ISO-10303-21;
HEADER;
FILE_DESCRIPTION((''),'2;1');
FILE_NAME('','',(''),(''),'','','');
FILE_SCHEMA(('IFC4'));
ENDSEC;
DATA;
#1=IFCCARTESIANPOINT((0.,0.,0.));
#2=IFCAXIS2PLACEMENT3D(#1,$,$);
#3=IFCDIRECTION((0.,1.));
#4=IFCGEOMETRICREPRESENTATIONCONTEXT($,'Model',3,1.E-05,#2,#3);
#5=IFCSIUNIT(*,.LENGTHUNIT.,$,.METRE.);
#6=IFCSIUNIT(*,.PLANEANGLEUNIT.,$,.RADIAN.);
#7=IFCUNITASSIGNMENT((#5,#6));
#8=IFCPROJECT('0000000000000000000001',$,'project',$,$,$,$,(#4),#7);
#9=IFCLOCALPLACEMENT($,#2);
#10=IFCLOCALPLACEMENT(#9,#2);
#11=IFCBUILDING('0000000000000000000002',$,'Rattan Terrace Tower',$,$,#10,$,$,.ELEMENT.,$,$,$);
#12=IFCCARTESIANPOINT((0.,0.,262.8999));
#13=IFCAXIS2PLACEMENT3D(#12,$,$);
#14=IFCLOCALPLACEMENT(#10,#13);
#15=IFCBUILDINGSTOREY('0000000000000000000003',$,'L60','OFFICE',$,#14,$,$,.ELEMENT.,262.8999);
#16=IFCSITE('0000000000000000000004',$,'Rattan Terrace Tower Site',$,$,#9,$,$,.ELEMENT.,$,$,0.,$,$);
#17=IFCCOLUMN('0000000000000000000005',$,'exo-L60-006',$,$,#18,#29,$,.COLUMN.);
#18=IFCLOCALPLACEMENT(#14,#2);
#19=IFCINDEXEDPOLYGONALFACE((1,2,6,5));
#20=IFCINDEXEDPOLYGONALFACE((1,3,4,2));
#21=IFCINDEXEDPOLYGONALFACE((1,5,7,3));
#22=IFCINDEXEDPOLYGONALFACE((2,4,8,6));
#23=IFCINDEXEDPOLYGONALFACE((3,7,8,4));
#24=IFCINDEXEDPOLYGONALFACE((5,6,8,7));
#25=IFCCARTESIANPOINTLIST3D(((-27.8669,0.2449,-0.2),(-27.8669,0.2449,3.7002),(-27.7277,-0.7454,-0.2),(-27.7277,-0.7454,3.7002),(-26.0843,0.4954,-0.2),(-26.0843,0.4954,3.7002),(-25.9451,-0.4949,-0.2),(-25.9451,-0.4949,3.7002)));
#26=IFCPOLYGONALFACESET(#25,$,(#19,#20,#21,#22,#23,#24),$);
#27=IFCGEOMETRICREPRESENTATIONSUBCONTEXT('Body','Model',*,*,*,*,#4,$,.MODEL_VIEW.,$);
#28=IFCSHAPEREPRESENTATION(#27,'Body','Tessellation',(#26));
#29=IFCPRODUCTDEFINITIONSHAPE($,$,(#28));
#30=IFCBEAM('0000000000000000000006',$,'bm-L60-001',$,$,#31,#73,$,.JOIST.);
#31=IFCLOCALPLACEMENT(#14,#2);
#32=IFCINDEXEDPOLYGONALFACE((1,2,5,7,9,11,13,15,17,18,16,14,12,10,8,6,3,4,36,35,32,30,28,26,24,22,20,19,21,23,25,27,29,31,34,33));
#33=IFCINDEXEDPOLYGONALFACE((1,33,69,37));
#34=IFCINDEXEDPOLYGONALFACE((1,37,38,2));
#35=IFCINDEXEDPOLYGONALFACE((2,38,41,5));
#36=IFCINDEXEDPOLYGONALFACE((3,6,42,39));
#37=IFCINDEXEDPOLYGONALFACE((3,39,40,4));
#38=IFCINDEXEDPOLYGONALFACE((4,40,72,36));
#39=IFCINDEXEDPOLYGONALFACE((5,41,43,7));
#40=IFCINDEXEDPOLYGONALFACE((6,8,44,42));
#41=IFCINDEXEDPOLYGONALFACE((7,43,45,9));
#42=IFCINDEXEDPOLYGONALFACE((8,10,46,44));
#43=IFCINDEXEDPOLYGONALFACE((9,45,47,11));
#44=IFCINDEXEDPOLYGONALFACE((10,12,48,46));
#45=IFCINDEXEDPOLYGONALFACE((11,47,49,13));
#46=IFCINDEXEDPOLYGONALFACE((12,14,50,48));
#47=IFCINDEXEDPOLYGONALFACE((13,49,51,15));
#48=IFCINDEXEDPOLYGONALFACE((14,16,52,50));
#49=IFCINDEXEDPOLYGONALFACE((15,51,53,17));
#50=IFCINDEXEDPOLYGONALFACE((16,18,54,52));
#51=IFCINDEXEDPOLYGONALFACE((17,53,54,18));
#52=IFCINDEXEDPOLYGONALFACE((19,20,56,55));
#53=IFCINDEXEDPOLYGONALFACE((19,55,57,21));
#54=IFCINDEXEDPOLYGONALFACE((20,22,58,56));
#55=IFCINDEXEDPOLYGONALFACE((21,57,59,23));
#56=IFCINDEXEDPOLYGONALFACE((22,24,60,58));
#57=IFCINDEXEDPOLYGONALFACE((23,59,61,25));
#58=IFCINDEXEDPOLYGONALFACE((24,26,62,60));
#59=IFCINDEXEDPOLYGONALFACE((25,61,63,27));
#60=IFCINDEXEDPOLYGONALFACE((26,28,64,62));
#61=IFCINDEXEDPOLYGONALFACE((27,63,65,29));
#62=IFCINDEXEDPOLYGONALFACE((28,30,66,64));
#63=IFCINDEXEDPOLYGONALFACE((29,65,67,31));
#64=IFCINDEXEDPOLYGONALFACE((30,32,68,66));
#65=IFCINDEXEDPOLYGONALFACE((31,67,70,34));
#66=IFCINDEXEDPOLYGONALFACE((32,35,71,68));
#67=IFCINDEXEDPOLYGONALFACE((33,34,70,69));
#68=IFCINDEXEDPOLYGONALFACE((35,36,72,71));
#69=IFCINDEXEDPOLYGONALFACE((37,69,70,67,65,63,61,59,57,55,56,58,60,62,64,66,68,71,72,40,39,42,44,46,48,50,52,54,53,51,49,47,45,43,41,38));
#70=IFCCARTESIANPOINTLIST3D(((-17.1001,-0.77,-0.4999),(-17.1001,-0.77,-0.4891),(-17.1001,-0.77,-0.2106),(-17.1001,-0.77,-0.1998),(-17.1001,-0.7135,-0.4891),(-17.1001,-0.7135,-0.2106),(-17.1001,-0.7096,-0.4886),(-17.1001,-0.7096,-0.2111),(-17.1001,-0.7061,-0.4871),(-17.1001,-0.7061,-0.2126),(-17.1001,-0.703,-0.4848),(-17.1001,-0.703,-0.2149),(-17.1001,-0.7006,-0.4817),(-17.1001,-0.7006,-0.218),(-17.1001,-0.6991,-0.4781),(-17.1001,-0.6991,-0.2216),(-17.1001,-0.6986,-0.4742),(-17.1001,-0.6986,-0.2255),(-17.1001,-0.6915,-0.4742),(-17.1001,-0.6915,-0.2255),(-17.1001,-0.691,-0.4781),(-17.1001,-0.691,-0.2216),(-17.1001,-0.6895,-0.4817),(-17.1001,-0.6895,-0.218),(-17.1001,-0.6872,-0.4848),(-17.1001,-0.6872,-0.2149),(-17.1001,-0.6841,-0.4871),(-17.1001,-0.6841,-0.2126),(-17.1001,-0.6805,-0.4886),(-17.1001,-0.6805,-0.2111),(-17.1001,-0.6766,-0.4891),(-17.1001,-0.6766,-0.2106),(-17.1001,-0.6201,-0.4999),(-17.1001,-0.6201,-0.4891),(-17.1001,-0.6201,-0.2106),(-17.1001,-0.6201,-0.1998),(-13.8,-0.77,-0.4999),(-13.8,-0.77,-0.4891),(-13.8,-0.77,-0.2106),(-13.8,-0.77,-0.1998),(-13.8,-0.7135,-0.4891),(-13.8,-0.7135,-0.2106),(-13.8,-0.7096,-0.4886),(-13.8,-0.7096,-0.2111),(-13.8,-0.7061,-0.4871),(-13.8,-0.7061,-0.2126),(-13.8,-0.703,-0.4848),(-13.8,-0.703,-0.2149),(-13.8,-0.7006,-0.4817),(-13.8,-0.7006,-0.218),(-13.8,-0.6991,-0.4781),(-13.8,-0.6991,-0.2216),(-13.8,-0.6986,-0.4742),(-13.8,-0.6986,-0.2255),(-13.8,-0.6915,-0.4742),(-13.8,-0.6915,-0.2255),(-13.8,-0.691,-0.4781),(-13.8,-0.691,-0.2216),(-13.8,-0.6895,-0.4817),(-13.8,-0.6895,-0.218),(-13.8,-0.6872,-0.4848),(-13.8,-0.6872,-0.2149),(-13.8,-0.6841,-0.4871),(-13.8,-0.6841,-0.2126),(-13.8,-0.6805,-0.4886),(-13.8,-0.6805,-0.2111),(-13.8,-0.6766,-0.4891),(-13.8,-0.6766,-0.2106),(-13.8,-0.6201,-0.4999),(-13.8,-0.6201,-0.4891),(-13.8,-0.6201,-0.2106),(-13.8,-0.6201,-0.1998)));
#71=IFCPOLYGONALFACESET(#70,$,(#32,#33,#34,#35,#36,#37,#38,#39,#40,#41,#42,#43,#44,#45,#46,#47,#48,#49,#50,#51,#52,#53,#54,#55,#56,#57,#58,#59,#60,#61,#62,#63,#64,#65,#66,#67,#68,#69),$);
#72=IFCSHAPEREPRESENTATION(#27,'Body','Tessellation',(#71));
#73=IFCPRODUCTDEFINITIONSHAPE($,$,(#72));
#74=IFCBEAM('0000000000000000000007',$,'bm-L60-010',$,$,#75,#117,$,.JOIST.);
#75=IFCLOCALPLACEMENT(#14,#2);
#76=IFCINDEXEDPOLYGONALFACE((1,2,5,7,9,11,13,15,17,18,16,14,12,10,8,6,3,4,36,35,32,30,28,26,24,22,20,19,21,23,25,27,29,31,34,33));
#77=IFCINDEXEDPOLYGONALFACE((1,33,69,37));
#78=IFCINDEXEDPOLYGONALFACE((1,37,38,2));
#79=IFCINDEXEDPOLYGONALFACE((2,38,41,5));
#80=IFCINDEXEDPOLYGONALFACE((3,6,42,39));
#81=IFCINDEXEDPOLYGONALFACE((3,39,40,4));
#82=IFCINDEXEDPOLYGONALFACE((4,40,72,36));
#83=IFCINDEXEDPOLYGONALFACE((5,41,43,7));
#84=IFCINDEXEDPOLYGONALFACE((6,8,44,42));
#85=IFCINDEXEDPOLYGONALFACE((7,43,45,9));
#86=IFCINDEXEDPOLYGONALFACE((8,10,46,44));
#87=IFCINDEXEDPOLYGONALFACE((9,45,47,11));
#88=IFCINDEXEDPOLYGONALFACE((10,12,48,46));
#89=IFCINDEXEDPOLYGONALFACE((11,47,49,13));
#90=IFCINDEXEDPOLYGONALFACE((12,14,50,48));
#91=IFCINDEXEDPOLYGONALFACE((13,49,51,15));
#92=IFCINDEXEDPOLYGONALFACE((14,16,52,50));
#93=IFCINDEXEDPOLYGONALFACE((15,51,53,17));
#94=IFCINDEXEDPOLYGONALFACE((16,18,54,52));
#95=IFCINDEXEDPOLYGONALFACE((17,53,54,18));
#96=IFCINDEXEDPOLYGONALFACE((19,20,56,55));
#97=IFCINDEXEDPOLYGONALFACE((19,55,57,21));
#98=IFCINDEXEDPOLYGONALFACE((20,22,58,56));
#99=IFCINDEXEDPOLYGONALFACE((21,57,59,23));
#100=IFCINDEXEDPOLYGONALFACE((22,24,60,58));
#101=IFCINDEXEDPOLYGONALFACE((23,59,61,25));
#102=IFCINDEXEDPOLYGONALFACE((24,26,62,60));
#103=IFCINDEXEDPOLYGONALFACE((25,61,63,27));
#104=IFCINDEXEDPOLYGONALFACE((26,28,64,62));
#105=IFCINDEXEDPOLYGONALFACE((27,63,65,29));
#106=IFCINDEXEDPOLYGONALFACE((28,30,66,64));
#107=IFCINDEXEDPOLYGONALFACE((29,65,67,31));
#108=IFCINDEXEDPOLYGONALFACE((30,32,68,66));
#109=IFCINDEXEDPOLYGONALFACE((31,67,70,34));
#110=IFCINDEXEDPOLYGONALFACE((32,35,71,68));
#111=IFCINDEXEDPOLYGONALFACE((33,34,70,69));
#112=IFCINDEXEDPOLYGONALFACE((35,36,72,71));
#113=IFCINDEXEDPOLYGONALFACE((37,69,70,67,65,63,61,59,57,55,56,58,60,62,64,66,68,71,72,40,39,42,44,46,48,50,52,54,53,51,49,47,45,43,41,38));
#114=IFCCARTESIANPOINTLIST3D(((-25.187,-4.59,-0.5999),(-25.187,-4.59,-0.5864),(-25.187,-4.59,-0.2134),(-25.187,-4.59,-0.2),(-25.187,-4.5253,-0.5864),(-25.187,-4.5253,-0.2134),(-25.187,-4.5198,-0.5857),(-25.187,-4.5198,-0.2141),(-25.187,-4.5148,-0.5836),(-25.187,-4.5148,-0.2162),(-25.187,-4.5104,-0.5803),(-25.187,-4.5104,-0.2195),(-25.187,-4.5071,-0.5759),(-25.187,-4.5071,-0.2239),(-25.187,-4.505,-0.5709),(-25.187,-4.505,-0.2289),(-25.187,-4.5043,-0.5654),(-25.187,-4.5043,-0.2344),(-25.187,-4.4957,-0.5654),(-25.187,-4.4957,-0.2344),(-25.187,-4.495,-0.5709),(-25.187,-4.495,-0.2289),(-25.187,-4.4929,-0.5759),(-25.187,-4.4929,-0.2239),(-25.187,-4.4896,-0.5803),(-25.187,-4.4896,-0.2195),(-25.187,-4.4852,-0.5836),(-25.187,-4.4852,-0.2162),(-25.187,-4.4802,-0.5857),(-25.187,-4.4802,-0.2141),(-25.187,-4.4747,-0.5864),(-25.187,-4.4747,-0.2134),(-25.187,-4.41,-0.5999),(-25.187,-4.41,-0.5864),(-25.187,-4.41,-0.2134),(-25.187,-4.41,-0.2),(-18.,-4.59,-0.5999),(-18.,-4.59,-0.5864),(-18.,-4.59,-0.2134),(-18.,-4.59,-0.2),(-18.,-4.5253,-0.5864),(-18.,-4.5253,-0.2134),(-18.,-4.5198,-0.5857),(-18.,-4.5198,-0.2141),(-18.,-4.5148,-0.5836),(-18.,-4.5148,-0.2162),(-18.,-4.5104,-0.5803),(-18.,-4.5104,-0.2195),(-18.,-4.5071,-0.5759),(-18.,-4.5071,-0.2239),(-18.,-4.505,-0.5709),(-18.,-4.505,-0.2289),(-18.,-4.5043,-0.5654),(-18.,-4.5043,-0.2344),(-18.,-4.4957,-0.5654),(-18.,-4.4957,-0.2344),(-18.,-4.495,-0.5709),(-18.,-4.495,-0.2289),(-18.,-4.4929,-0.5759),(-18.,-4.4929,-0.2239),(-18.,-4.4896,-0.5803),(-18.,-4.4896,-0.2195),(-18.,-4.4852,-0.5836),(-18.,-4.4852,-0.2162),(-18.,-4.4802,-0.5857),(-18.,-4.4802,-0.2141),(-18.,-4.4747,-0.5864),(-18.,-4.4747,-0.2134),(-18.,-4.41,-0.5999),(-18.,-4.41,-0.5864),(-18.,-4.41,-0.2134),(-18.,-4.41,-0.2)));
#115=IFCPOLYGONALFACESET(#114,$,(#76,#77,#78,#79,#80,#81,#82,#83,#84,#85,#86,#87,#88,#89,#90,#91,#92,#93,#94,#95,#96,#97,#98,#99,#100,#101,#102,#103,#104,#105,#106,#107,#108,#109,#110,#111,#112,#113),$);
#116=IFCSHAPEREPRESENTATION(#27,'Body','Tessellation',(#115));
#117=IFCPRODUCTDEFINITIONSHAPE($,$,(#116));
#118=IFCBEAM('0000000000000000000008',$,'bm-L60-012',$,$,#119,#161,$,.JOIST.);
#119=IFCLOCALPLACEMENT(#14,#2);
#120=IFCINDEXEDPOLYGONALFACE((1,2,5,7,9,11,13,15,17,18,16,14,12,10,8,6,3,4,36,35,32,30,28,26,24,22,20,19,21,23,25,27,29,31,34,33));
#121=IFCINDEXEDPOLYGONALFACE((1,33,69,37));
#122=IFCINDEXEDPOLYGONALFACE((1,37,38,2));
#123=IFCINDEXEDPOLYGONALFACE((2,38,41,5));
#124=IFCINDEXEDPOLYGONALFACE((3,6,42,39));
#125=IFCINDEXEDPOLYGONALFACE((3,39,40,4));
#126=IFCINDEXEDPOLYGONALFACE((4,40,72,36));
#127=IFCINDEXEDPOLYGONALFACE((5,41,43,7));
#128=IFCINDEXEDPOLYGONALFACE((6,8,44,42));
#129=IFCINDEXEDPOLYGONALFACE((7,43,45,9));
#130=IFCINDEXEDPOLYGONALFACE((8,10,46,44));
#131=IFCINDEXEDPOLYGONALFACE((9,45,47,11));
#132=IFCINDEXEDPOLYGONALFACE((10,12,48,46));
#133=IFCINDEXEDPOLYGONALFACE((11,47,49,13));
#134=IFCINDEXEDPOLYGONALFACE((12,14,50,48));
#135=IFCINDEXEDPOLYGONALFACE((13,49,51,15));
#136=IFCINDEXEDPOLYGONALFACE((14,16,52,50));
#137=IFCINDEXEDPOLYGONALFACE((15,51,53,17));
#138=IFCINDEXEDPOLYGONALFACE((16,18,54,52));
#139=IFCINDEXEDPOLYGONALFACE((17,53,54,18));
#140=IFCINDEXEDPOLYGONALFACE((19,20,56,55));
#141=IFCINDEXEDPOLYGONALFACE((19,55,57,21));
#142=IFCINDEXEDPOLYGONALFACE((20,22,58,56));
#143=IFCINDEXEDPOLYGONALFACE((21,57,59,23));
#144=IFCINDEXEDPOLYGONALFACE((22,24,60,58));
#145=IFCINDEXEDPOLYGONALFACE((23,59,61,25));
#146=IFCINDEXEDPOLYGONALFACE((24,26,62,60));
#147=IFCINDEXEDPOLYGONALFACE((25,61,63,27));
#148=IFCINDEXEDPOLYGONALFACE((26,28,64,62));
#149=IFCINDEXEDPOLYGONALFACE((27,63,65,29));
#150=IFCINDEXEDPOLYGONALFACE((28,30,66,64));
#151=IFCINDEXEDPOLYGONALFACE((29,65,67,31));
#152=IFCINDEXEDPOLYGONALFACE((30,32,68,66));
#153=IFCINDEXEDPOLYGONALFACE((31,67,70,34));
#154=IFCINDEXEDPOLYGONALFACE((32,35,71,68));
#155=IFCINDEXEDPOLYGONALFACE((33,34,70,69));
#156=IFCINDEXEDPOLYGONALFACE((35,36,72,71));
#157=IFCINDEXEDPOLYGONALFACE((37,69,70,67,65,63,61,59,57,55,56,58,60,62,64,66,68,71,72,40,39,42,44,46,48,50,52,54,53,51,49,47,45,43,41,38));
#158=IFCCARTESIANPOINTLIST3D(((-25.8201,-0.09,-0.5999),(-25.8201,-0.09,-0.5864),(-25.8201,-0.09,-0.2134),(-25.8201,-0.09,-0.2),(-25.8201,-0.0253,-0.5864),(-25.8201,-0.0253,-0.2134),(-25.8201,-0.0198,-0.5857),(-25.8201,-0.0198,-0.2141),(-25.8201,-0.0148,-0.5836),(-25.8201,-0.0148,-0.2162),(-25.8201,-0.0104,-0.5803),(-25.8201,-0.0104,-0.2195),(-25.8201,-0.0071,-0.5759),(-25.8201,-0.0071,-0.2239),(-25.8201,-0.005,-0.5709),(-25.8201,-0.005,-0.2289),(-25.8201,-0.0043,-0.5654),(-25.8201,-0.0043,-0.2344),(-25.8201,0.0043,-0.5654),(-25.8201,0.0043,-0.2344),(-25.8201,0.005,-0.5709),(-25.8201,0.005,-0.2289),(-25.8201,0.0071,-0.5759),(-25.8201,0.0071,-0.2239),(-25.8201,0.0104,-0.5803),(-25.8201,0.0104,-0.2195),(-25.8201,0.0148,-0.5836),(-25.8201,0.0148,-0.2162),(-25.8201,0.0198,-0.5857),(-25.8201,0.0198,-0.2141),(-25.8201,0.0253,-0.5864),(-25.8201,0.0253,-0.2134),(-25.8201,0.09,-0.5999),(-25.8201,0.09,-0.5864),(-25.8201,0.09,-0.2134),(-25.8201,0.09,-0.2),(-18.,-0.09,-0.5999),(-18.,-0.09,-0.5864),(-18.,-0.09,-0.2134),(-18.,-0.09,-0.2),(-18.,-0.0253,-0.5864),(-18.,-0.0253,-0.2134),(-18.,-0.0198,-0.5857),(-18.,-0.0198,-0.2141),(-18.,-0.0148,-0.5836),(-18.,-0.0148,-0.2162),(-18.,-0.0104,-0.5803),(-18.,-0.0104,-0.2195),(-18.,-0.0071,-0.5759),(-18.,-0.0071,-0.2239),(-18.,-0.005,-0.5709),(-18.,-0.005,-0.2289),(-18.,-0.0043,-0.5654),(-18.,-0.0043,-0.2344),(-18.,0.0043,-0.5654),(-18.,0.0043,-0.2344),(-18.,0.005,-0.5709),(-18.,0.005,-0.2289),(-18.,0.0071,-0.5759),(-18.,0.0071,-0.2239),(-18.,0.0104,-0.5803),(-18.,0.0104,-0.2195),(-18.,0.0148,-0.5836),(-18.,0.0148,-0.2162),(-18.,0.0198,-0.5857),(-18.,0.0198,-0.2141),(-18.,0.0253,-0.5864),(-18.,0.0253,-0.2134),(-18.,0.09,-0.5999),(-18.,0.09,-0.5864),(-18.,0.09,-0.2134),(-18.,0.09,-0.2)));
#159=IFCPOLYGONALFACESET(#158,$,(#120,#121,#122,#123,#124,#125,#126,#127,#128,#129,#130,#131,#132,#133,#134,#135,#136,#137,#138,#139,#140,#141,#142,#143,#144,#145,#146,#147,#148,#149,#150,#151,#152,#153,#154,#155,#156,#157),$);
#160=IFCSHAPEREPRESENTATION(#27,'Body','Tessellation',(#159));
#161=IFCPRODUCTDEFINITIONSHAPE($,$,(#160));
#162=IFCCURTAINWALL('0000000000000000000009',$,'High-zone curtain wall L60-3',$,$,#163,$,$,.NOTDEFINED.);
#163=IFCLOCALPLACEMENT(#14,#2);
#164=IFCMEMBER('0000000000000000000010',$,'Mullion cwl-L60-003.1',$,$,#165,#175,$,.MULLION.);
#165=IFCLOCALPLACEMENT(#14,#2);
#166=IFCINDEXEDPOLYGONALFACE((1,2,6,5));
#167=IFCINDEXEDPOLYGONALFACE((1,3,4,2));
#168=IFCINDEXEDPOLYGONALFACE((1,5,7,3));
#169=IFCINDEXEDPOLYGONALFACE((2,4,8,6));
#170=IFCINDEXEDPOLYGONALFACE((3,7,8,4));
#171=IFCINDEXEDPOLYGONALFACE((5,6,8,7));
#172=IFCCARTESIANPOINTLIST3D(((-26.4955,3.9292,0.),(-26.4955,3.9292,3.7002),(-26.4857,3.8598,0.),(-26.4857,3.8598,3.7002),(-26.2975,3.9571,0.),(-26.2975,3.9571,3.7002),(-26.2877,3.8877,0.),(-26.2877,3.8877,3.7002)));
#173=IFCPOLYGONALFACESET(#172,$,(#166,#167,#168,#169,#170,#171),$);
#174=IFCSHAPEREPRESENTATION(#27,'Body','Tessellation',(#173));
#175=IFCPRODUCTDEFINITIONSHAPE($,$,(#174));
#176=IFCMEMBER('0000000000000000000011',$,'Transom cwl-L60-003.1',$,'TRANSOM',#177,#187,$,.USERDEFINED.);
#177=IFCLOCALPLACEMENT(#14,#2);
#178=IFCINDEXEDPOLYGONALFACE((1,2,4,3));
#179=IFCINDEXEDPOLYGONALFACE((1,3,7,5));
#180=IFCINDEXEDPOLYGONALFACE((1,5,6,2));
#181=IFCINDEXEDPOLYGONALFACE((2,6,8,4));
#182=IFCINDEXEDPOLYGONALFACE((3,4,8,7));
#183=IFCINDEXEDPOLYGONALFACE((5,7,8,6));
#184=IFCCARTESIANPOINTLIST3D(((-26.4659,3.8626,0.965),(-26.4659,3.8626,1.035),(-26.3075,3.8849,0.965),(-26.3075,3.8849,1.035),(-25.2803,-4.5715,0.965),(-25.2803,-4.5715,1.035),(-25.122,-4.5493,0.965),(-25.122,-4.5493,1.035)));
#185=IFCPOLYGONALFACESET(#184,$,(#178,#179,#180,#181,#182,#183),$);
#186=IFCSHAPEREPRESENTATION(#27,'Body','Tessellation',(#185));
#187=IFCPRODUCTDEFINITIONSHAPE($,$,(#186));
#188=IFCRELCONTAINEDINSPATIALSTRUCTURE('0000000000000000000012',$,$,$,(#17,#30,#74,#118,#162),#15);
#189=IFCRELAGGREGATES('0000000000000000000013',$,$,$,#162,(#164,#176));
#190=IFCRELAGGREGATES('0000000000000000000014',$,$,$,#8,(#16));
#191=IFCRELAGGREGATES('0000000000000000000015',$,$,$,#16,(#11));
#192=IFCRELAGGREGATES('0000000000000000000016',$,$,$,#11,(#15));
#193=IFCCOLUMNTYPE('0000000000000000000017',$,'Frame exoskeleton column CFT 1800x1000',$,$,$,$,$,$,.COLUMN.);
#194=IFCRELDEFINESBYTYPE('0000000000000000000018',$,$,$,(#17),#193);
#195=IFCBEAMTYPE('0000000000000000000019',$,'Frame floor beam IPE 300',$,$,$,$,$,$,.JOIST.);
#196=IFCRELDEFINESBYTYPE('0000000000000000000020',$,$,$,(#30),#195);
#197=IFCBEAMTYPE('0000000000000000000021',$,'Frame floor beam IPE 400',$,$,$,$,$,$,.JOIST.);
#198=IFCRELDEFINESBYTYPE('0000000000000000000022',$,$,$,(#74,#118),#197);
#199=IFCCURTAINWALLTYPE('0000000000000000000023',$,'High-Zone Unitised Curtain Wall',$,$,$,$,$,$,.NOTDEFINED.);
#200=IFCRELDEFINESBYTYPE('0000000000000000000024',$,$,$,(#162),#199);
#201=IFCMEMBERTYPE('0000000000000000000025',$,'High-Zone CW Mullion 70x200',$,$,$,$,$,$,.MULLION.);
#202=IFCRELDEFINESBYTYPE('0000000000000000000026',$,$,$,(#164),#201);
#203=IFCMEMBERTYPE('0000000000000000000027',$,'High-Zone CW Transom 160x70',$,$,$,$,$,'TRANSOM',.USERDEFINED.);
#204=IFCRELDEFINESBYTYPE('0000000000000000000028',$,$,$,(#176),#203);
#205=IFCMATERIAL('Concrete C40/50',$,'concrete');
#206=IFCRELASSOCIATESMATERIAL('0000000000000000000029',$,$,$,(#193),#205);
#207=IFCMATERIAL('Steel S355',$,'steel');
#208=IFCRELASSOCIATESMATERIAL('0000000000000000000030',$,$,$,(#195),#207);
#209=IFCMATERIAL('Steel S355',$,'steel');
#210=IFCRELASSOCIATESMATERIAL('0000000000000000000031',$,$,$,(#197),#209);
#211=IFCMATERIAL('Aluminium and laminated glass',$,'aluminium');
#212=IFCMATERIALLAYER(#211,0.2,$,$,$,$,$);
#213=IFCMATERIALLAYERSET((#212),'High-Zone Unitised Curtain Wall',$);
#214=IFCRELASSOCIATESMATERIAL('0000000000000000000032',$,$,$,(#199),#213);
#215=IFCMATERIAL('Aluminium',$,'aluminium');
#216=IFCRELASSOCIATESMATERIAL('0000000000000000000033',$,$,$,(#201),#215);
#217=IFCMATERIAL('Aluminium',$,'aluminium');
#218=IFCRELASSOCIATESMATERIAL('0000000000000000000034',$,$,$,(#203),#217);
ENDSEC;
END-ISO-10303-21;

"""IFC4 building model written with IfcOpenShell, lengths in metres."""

from ifc_helpers import new_model, si_unit, direction, frame, origin, origin_2d, place, context, subcontext, project, spatial, rectangle, i_section, extrude, material, layer, layer_set, material_profile, profile_set, type_object, element, aggregate, save


model = new_model("IFC4")

# Units and contexts
model_context = context("Model", 3, precision=1e-05, world=origin(), true_north=direction((0.0, 1.0)))
body_context = subcontext(model_context, "Body", "Model", "MODEL_VIEW")
ifc_project = project(units=[si_unit("LENGTHUNIT", "METRE"), si_unit("PLANEANGLEUNIT", "RADIAN")], contexts=[model_context])

# Site, building, storey
site_placement = place(None, origin())
site = spatial("IfcSite", under=ifc_project, at=site_placement, Name="Rattan Terrace Tower Site", CompositionType="ELEMENT", RefElevation=0.0)
building_placement = place(site_placement, origin())
building = spatial("IfcBuilding", under=site, at=building_placement, Name="Rattan Terrace Tower", CompositionType="ELEMENT")
storey_placement = place(building_placement, frame((0.0, 0.0, 262.8999)))
storey = spatial("IfcBuildingStorey", under=building, at=storey_placement, Name="L60", Description="OFFICE", CompositionType="ELEMENT", Elevation=262.8999)

# Column
ifc_material_1 = material(Name="Concrete C40/50", Category="concrete")
ifc_material_profile_1 = material_profile(ifc_material_1, rectangle(XDim=1.0, YDim=1.8, at=origin_2d()), Name="CFT 1800x1000")
ifc_profile_set_1 = profile_set([ifc_material_profile_1], Name="Concrete C40/50")
column_type = type_object("IfcColumnType", Name="Frame exoskeleton column CFT 1800x1000", PredefinedType="COLUMN", material=ifc_profile_set_1)
column_placement = place(storey_placement, frame((-26.906, -0.125, -0.2), z_axis=(0.0, 0.0, 1.0), x_axis=(-0.13919, 0.990266, 0.0)))
element("IfcColumn", 1, at=column_placement, inside=storey, type_object=column_type, Name="exo-L60-006", PredefinedType="COLUMN", context=body_context, shape_type="SweptSolid", body=[
    extrude(rectangle(XDim=1.0, YDim=1.8, at=origin_2d()), origin(), (0.0, 0.0, 1.0), 3.9001),
])

# Beams
ifc_material_2 = material(Name="Steel S355", Category="steel")
ifc_material_profile_2 = material_profile(ifc_material_2, i_section(OverallWidth=0.1499, OverallDepth=0.3, WebThickness=0.0071, FlangeThickness=0.0107, FilletRadius=0.0149, at=origin_2d()), Name="IPE 300")
ifc_profile_set_2 = profile_set([ifc_material_profile_2], Name="Steel S355")
beam_type_1 = type_object("IfcBeamType", Name="Frame floor beam IPE 300", PredefinedType="JOIST", material=ifc_profile_set_2)
beam_1_placement = place(storey_placement, frame((-17.1001, -0.6951, -0.3499), z_axis=(1.0, 0.0, 0.0), x_axis=(0.0, 1.0, 0.0)))
element("IfcBeam", 2, at=beam_1_placement, inside=storey, type_object=beam_type_1, Name="bm-L60-001", PredefinedType="JOIST", context=body_context, shape_type="SweptSolid", body=[
    extrude(i_section(OverallWidth=0.1499, OverallDepth=0.3, WebThickness=0.0071, FlangeThickness=0.0107, FilletRadius=0.0149, at=origin_2d()), origin(), (0.0, 0.0, 1.0), 3.3),
])
ifc_material_3 = material(Name="Steel S355", Category="steel")
ifc_material_profile_3 = material_profile(ifc_material_3, i_section(OverallWidth=0.1799, OverallDepth=0.3999, WebThickness=0.0085, FlangeThickness=0.0134, FilletRadius=0.021, at=origin_2d()), Name="IPE 400")
ifc_profile_set_3 = profile_set([ifc_material_profile_3], Name="Steel S355")
beam_type_2 = type_object("IfcBeamType", Name="Frame floor beam IPE 400", PredefinedType="JOIST", material=ifc_profile_set_3)
beam_2_placement = place(storey_placement, frame((-25.187, -4.5, -0.3999), z_axis=(1.0, 0.0, 0.0), x_axis=(0.0, 1.0, 0.0)))
element("IfcBeam", 3, at=beam_2_placement, inside=storey, type_object=beam_type_2, Name="bm-L60-010", PredefinedType="JOIST", context=body_context, shape_type="SweptSolid", body=[
    extrude(i_section(OverallWidth=0.1799, OverallDepth=0.3999, WebThickness=0.0085, FlangeThickness=0.0134, FilletRadius=0.021, at=origin_2d()), origin(), (0.0, 0.0, 1.0), 7.187),
])
beam_3_placement = place(storey_placement, frame((-25.8201, 0.0, -0.3999), z_axis=(1.0, 0.0, 0.0), x_axis=(0.0, 1.0, 0.0)))
element("IfcBeam", 4, at=beam_3_placement, inside=storey, type_object=beam_type_2, Name="bm-L60-012", PredefinedType="JOIST", context=body_context, shape_type="SweptSolid", body=[
    extrude(i_section(OverallWidth=0.1799, OverallDepth=0.3999, WebThickness=0.0085, FlangeThickness=0.0134, FilletRadius=0.021, at=origin_2d()), origin(), (0.0, 0.0, 1.0), 7.8201),
])

# Curtain wall, members
ifc_material_4 = material(Name="Aluminium and laminated glass", Category="aluminium")
ifc_layer_1 = layer(ifc_material_4, 0.2)
ifc_layer_set_1 = layer_set([ifc_layer_1], Name="High-Zone Unitised Curtain Wall")
curtain_wall_type = type_object("IfcCurtainWallType", Name="High-Zone Unitised Curtain Wall", PredefinedType="NOTDEFINED", material=ifc_layer_set_1)
curtain_wall_placement = place(storey_placement, origin())
curtain_wall = element("IfcCurtainWall", 5, at=curtain_wall_placement, inside=storey, type_object=curtain_wall_type, Name="High-zone curtain wall L60-3", PredefinedType="NOTDEFINED")
ifc_material_5 = material(Name="Aluminium", Category="aluminium")
ifc_material_profile_4 = material_profile(ifc_material_5, rectangle(XDim=0.0701, YDim=0.2, at=origin_2d()), Name="Aluminium 70x200")
ifc_profile_set_4 = profile_set([ifc_material_profile_4], Name="Aluminium")
member_type_1 = type_object("IfcMemberType", Name="High-Zone CW Mullion 70x200", PredefinedType="MULLION", material=ifc_profile_set_4)
member_1_placement = place(storey_placement, frame((-26.3916, 3.9084, 0.0), z_axis=(0.0, 0.0, 1.0), x_axis=(0.139192, -0.990265, 0.0)))
member_1 = element("IfcMember", 6, at=member_1_placement, type_object=member_type_1, Name="Mullion cwl-L60-003.1", PredefinedType="MULLION", context=body_context, shape_type="SweptSolid", body=[
    extrude(rectangle(XDim=0.0701, YDim=0.2, at=origin_2d()), origin(), (0.0, 0.0, 1.0), 3.7002),
])
ifc_material_6 = material(Name="Aluminium", Category="aluminium")
ifc_material_profile_5 = material_profile(ifc_material_6, rectangle(XDim=0.1599, YDim=0.0701, at=origin_2d()), Name="Aluminium 160x70")
ifc_profile_set_5 = profile_set([ifc_material_profile_5], Name="Aluminium")
member_type_2 = type_object("IfcMemberType", Name="High-Zone CW Transom 160x70", ElementType="TRANSOM", PredefinedType="USERDEFINED", material=ifc_profile_set_5)
member_2_placement = place(storey_placement, frame((-26.3867, 3.8738, 1.0), z_axis=(0.139198, -0.990265, 0.0), x_axis=(0.990265, 0.139198, 0.0)))
member_2 = element("IfcMember", 7, at=member_2_placement, type_object=member_type_2, Name="Transom cwl-L60-003.1", ObjectType="TRANSOM", PredefinedType="USERDEFINED", context=body_context, shape_type="SweptSolid", body=[
    extrude(rectangle(XDim=0.1599, YDim=0.0701, at=origin_2d()), origin(), (0.0, 0.0, 1.0), 8.5171),
])
aggregate(curtain_wall, [member_1, member_2])

save(model, "model.ifc")
